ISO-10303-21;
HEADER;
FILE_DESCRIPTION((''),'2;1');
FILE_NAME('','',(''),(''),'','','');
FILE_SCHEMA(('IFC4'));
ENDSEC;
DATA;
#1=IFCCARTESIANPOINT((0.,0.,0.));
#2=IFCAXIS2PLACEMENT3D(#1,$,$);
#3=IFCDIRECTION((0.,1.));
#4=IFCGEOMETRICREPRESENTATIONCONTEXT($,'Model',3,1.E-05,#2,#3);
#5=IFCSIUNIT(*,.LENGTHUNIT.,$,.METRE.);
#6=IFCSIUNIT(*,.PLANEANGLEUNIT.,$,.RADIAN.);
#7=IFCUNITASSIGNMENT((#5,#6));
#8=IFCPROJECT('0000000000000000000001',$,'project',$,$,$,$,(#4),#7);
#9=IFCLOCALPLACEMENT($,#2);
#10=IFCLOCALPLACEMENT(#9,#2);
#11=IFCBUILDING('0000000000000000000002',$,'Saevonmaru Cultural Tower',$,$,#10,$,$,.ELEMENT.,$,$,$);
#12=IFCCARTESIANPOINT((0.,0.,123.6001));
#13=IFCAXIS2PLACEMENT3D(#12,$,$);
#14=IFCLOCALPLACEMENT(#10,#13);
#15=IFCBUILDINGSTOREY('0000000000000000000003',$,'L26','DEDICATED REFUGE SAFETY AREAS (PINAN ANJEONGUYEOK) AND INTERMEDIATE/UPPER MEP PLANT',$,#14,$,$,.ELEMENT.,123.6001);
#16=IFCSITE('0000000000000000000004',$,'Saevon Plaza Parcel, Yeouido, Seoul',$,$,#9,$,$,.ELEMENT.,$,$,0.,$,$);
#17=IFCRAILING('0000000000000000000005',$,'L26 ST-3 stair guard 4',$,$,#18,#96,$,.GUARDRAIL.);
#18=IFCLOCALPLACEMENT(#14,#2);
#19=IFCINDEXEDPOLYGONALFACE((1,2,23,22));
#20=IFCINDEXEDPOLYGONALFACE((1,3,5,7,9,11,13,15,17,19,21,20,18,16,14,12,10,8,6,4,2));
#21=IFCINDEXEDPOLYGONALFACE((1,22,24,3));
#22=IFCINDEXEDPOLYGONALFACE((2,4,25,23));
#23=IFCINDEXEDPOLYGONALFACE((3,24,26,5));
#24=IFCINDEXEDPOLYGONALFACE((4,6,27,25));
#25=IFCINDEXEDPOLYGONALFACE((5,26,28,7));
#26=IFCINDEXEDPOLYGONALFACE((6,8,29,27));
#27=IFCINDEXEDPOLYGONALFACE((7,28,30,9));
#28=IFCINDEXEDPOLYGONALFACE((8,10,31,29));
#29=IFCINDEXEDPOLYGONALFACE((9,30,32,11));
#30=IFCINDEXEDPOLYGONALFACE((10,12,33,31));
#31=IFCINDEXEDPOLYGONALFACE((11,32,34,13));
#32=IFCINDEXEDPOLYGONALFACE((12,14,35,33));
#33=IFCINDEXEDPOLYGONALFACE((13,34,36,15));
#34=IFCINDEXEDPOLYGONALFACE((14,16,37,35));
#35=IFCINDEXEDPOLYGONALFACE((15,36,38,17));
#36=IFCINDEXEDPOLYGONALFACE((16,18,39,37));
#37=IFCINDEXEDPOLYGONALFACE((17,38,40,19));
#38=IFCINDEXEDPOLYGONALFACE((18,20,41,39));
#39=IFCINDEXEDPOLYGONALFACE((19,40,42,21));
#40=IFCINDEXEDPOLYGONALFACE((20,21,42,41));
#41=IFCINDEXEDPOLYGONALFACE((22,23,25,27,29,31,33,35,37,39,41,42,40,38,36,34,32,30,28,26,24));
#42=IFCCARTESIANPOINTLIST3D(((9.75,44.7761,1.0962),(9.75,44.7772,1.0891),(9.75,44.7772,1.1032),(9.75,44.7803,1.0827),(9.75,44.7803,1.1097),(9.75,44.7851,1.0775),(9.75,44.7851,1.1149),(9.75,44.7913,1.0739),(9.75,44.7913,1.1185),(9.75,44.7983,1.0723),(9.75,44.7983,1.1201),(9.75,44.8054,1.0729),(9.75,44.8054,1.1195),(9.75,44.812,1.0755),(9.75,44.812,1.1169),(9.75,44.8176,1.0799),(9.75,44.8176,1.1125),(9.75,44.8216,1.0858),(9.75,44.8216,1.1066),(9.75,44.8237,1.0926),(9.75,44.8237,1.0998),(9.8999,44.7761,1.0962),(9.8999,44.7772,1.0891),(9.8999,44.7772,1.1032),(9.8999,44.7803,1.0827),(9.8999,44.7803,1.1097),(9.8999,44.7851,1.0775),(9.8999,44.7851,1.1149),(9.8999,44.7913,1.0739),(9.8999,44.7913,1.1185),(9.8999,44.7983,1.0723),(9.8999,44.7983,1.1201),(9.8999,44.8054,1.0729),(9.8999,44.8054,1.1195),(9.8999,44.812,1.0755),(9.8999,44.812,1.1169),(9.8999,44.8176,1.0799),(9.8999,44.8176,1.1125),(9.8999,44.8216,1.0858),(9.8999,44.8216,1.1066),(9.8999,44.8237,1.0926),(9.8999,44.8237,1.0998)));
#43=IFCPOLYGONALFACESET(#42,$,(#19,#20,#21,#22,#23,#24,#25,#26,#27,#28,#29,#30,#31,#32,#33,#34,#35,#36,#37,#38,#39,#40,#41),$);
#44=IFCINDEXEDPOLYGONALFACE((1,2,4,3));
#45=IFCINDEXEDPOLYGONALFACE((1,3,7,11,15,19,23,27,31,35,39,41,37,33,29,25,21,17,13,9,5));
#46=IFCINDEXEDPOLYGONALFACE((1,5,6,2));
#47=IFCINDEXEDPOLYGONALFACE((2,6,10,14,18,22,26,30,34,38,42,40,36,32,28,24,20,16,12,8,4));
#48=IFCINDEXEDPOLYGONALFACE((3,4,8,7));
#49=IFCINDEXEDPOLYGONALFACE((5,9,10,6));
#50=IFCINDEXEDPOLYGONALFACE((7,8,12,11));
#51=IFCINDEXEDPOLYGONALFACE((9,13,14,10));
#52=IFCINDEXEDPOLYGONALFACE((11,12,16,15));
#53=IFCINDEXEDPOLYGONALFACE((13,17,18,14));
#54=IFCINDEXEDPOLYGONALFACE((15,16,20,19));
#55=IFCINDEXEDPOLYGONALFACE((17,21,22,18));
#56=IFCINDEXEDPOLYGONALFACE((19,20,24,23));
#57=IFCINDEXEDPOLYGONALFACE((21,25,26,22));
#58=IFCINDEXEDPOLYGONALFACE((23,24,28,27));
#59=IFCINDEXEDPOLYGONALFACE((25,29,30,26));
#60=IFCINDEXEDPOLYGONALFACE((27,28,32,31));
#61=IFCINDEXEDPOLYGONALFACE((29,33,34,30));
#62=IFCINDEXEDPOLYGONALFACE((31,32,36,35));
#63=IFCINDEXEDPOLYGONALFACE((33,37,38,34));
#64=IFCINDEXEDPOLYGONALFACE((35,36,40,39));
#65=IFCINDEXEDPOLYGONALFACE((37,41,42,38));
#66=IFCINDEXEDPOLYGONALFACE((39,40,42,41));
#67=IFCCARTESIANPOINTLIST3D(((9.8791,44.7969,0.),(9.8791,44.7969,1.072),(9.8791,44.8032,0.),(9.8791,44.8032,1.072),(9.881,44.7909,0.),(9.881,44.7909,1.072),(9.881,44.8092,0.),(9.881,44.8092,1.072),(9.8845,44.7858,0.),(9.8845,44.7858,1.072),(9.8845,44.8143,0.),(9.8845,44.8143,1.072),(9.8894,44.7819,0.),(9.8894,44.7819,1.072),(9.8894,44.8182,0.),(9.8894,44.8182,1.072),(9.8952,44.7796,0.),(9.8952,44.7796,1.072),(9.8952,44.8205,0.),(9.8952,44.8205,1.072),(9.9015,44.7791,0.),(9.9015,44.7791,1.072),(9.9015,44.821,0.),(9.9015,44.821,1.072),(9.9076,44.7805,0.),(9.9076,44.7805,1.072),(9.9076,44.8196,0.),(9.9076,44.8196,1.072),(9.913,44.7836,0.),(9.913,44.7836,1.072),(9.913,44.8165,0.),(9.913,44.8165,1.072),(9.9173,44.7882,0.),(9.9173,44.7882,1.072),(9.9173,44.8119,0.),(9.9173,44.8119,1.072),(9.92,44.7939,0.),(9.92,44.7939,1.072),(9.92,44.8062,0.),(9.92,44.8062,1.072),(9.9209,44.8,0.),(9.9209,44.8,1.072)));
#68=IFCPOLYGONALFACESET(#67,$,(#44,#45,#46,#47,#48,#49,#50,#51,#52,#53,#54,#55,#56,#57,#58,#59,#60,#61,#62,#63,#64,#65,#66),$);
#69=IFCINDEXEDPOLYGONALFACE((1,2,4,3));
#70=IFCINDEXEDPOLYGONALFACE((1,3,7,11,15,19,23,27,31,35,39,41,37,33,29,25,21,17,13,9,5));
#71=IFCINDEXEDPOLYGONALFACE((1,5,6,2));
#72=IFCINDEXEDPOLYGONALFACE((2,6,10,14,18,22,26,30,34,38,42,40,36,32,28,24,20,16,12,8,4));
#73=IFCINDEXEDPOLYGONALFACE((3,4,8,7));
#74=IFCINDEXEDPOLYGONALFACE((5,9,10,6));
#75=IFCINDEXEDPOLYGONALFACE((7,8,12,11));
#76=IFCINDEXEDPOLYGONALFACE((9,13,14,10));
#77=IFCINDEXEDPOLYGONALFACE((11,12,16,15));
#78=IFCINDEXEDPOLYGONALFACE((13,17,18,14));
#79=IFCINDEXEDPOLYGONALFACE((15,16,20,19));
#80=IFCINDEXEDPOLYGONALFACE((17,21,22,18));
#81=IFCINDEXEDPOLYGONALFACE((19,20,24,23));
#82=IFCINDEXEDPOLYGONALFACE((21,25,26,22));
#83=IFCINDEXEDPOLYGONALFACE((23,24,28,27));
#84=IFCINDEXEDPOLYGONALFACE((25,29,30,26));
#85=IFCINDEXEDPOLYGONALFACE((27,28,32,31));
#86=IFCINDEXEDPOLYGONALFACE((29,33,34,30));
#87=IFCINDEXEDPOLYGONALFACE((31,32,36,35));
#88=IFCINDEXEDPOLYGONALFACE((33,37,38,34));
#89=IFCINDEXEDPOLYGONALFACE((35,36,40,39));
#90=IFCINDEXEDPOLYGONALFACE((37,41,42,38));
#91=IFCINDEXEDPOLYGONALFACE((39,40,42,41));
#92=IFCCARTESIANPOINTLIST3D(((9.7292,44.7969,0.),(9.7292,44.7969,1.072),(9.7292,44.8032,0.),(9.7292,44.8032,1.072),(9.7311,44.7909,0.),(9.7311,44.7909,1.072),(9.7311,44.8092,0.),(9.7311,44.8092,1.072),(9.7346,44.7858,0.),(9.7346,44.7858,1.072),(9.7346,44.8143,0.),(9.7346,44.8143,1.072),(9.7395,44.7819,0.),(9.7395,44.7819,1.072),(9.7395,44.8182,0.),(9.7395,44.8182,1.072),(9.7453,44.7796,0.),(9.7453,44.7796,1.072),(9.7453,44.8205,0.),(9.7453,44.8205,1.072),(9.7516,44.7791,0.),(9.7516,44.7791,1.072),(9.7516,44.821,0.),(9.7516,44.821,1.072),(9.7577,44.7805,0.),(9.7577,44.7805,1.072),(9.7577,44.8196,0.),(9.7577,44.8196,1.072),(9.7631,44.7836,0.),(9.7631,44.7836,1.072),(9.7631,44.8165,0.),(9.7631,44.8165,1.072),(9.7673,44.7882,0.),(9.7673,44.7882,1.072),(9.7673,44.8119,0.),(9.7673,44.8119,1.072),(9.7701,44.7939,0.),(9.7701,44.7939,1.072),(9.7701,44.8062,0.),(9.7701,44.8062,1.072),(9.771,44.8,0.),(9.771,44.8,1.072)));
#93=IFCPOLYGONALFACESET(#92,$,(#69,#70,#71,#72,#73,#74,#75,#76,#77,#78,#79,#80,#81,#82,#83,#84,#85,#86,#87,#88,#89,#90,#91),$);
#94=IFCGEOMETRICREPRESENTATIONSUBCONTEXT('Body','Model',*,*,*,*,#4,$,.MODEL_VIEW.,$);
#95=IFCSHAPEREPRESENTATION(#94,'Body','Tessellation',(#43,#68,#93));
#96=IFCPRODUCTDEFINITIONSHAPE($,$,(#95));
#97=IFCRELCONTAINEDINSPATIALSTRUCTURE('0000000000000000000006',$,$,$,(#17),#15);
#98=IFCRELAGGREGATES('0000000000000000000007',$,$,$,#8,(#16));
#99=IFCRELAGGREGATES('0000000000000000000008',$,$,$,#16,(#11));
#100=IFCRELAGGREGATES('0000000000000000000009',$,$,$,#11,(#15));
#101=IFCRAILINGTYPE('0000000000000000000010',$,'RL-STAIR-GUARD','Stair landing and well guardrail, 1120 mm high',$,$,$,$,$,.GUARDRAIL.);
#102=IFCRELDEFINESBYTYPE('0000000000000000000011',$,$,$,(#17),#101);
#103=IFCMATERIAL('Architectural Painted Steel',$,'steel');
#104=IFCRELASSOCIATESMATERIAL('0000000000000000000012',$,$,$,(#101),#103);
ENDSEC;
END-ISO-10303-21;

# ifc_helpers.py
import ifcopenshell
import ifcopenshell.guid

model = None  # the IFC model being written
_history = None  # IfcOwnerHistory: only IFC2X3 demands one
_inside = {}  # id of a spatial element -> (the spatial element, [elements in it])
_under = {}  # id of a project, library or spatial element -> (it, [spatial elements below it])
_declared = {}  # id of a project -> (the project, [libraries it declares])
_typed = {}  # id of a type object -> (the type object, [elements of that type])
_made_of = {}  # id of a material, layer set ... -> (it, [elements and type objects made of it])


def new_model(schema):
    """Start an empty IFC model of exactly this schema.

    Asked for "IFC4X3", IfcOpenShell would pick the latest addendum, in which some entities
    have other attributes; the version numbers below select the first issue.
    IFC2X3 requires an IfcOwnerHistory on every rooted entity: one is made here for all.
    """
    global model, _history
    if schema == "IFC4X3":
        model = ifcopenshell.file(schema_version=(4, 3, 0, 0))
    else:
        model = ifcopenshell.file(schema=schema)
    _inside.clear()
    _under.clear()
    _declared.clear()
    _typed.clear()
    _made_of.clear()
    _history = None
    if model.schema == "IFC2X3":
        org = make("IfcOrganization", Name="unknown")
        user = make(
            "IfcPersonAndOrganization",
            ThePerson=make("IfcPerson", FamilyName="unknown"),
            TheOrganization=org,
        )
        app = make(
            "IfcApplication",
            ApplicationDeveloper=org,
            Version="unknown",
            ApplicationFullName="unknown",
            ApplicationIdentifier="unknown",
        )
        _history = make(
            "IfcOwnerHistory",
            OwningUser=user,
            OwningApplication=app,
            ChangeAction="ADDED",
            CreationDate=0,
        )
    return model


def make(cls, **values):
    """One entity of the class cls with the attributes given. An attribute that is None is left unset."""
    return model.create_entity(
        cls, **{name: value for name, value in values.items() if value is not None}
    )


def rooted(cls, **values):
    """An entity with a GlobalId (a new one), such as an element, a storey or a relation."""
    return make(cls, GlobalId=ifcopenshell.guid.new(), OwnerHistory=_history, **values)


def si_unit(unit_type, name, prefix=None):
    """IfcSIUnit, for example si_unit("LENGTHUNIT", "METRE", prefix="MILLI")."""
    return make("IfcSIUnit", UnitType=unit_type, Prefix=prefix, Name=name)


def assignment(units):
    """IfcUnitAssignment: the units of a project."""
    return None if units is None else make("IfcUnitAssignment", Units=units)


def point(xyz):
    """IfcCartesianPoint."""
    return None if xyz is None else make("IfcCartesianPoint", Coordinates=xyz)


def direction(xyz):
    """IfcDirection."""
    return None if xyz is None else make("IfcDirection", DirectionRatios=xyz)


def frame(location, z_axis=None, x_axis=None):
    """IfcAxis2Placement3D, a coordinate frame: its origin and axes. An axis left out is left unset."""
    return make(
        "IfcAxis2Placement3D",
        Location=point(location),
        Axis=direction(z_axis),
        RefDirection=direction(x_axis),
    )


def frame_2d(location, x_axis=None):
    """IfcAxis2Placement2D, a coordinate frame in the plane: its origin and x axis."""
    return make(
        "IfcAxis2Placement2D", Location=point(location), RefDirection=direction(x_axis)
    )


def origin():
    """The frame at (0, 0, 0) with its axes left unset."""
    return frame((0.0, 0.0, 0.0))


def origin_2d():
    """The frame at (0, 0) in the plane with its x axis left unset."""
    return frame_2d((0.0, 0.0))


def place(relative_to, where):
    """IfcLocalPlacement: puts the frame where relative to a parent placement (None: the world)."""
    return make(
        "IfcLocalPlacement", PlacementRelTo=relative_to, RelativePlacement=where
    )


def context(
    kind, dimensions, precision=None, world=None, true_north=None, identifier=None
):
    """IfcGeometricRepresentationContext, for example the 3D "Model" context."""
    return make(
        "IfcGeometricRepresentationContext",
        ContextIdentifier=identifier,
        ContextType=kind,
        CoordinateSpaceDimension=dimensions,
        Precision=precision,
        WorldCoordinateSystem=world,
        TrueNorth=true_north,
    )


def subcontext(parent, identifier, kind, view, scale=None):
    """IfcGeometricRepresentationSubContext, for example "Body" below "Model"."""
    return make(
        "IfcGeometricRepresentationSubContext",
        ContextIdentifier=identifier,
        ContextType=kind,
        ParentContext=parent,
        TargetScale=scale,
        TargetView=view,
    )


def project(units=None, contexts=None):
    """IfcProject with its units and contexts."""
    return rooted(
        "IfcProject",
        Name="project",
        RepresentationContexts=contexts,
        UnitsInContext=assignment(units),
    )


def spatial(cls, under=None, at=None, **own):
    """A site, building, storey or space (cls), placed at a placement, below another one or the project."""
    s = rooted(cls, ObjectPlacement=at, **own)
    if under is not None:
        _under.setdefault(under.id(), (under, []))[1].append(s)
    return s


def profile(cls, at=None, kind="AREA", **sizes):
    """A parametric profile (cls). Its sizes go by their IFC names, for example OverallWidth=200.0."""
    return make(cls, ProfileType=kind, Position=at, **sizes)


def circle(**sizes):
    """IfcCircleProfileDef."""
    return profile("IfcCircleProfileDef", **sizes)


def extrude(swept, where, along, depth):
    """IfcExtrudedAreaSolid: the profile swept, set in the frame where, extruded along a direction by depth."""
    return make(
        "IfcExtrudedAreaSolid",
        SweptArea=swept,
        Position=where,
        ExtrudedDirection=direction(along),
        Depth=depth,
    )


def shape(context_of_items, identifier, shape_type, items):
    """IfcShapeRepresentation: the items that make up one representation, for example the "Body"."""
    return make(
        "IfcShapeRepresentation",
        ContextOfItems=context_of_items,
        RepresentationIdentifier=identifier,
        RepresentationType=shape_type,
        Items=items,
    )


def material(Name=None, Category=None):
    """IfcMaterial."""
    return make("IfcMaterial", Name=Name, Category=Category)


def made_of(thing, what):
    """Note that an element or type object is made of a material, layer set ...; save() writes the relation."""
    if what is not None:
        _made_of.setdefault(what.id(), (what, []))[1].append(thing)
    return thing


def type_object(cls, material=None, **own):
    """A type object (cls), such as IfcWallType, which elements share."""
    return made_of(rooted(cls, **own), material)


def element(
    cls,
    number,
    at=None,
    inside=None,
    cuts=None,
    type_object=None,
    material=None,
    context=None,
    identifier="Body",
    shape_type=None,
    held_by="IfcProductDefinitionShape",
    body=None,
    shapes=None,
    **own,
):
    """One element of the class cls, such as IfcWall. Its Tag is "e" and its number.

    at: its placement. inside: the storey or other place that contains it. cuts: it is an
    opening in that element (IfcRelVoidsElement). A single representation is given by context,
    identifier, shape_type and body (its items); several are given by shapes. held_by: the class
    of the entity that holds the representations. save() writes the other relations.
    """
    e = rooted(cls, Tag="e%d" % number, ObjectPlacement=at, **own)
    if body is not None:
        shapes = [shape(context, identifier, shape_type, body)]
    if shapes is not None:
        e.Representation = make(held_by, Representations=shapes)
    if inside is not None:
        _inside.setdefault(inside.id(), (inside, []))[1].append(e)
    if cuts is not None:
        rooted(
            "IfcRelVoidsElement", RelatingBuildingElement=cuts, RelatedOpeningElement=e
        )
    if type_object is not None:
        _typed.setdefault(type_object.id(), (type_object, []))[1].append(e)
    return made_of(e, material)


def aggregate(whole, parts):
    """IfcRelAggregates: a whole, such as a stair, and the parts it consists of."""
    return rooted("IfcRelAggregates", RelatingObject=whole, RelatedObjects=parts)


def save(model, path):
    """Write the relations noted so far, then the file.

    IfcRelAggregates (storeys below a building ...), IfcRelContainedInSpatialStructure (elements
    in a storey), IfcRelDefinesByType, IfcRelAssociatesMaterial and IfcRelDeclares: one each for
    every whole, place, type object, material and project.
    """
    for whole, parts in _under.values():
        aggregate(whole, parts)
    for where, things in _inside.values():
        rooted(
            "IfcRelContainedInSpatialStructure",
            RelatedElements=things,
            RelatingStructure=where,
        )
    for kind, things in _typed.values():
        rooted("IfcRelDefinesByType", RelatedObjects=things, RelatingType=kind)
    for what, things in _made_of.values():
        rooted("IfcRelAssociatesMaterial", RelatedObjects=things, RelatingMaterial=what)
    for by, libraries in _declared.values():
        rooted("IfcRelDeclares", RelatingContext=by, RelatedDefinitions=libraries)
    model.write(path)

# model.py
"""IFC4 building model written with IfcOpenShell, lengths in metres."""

from ifc_helpers import new_model, si_unit, direction, frame, origin, origin_2d, place, context, subcontext, project, spatial, circle, extrude, material, type_object, element, save


model = new_model("IFC4")

# Units and contexts
model_context = context("Model", 3, precision=1e-05, world=origin(), true_north=direction((0.0, 1.0)))
body_context = subcontext(model_context, "Body", "Model", "MODEL_VIEW")
ifc_project = project(units=[si_unit("LENGTHUNIT", "METRE"), si_unit("PLANEANGLEUNIT", "RADIAN")], contexts=[model_context])

# Site, building, storey
site_placement = place(None, origin())
site = spatial("IfcSite", under=ifc_project, at=site_placement, Name="Saevon Plaza Parcel, Yeouido, Seoul", CompositionType="ELEMENT", RefElevation=0.0)
building_placement = place(site_placement, origin())
building = spatial("IfcBuilding", under=site, at=building_placement, Name="Saevonmaru Cultural Tower", CompositionType="ELEMENT")
storey_placement = place(building_placement, frame((0.0, 0.0, 123.6001)))
storey = spatial("IfcBuildingStorey", under=building, at=storey_placement, Name="L26", Description="DEDICATED REFUGE SAFETY AREAS (PINAN ANJEONGUYEOK) AND INTERMEDIATE/UPPER MEP PLANT", CompositionType="ELEMENT", Elevation=123.6001)

# Railing
ifc_material_1 = material(Name="Architectural Painted Steel", Category="steel")
railing_type_1 = type_object("IfcRailingType", Name="RL-STAIR-GUARD", Description="Stair landing and well guardrail, 1120 mm high", PredefinedType="GUARDRAIL", material=ifc_material_1)
railing_1_placement = place(storey_placement, frame((9.8999, 44.8, 0.0)))
element("IfcRailing", 1, at=railing_1_placement, inside=storey, type_object=railing_type_1, Name="L26 ST-3 stair guard 4", PredefinedType="GUARDRAIL", context=body_context, shape_type="SweptSolid", body=[
    extrude(circle(Radius=0.0239, at=origin_2d()), frame((0.0, 0.0, 1.0962), z_axis=(-1.0, 0.0, 0.0), x_axis=(0.0, -1.0, 0.0)), (0.0, 0.0, 1.0), 0.1499),
    extrude(circle(Radius=0.021, at=origin_2d()), origin(), (0.0, 0.0, 1.0), 1.072),
    extrude(circle(Radius=0.021, at=origin_2d()), frame((-0.1499, 0.0, 0.0)), (0.0, 0.0, 1.0), 1.072),
])

save(model, "model.ifc")
